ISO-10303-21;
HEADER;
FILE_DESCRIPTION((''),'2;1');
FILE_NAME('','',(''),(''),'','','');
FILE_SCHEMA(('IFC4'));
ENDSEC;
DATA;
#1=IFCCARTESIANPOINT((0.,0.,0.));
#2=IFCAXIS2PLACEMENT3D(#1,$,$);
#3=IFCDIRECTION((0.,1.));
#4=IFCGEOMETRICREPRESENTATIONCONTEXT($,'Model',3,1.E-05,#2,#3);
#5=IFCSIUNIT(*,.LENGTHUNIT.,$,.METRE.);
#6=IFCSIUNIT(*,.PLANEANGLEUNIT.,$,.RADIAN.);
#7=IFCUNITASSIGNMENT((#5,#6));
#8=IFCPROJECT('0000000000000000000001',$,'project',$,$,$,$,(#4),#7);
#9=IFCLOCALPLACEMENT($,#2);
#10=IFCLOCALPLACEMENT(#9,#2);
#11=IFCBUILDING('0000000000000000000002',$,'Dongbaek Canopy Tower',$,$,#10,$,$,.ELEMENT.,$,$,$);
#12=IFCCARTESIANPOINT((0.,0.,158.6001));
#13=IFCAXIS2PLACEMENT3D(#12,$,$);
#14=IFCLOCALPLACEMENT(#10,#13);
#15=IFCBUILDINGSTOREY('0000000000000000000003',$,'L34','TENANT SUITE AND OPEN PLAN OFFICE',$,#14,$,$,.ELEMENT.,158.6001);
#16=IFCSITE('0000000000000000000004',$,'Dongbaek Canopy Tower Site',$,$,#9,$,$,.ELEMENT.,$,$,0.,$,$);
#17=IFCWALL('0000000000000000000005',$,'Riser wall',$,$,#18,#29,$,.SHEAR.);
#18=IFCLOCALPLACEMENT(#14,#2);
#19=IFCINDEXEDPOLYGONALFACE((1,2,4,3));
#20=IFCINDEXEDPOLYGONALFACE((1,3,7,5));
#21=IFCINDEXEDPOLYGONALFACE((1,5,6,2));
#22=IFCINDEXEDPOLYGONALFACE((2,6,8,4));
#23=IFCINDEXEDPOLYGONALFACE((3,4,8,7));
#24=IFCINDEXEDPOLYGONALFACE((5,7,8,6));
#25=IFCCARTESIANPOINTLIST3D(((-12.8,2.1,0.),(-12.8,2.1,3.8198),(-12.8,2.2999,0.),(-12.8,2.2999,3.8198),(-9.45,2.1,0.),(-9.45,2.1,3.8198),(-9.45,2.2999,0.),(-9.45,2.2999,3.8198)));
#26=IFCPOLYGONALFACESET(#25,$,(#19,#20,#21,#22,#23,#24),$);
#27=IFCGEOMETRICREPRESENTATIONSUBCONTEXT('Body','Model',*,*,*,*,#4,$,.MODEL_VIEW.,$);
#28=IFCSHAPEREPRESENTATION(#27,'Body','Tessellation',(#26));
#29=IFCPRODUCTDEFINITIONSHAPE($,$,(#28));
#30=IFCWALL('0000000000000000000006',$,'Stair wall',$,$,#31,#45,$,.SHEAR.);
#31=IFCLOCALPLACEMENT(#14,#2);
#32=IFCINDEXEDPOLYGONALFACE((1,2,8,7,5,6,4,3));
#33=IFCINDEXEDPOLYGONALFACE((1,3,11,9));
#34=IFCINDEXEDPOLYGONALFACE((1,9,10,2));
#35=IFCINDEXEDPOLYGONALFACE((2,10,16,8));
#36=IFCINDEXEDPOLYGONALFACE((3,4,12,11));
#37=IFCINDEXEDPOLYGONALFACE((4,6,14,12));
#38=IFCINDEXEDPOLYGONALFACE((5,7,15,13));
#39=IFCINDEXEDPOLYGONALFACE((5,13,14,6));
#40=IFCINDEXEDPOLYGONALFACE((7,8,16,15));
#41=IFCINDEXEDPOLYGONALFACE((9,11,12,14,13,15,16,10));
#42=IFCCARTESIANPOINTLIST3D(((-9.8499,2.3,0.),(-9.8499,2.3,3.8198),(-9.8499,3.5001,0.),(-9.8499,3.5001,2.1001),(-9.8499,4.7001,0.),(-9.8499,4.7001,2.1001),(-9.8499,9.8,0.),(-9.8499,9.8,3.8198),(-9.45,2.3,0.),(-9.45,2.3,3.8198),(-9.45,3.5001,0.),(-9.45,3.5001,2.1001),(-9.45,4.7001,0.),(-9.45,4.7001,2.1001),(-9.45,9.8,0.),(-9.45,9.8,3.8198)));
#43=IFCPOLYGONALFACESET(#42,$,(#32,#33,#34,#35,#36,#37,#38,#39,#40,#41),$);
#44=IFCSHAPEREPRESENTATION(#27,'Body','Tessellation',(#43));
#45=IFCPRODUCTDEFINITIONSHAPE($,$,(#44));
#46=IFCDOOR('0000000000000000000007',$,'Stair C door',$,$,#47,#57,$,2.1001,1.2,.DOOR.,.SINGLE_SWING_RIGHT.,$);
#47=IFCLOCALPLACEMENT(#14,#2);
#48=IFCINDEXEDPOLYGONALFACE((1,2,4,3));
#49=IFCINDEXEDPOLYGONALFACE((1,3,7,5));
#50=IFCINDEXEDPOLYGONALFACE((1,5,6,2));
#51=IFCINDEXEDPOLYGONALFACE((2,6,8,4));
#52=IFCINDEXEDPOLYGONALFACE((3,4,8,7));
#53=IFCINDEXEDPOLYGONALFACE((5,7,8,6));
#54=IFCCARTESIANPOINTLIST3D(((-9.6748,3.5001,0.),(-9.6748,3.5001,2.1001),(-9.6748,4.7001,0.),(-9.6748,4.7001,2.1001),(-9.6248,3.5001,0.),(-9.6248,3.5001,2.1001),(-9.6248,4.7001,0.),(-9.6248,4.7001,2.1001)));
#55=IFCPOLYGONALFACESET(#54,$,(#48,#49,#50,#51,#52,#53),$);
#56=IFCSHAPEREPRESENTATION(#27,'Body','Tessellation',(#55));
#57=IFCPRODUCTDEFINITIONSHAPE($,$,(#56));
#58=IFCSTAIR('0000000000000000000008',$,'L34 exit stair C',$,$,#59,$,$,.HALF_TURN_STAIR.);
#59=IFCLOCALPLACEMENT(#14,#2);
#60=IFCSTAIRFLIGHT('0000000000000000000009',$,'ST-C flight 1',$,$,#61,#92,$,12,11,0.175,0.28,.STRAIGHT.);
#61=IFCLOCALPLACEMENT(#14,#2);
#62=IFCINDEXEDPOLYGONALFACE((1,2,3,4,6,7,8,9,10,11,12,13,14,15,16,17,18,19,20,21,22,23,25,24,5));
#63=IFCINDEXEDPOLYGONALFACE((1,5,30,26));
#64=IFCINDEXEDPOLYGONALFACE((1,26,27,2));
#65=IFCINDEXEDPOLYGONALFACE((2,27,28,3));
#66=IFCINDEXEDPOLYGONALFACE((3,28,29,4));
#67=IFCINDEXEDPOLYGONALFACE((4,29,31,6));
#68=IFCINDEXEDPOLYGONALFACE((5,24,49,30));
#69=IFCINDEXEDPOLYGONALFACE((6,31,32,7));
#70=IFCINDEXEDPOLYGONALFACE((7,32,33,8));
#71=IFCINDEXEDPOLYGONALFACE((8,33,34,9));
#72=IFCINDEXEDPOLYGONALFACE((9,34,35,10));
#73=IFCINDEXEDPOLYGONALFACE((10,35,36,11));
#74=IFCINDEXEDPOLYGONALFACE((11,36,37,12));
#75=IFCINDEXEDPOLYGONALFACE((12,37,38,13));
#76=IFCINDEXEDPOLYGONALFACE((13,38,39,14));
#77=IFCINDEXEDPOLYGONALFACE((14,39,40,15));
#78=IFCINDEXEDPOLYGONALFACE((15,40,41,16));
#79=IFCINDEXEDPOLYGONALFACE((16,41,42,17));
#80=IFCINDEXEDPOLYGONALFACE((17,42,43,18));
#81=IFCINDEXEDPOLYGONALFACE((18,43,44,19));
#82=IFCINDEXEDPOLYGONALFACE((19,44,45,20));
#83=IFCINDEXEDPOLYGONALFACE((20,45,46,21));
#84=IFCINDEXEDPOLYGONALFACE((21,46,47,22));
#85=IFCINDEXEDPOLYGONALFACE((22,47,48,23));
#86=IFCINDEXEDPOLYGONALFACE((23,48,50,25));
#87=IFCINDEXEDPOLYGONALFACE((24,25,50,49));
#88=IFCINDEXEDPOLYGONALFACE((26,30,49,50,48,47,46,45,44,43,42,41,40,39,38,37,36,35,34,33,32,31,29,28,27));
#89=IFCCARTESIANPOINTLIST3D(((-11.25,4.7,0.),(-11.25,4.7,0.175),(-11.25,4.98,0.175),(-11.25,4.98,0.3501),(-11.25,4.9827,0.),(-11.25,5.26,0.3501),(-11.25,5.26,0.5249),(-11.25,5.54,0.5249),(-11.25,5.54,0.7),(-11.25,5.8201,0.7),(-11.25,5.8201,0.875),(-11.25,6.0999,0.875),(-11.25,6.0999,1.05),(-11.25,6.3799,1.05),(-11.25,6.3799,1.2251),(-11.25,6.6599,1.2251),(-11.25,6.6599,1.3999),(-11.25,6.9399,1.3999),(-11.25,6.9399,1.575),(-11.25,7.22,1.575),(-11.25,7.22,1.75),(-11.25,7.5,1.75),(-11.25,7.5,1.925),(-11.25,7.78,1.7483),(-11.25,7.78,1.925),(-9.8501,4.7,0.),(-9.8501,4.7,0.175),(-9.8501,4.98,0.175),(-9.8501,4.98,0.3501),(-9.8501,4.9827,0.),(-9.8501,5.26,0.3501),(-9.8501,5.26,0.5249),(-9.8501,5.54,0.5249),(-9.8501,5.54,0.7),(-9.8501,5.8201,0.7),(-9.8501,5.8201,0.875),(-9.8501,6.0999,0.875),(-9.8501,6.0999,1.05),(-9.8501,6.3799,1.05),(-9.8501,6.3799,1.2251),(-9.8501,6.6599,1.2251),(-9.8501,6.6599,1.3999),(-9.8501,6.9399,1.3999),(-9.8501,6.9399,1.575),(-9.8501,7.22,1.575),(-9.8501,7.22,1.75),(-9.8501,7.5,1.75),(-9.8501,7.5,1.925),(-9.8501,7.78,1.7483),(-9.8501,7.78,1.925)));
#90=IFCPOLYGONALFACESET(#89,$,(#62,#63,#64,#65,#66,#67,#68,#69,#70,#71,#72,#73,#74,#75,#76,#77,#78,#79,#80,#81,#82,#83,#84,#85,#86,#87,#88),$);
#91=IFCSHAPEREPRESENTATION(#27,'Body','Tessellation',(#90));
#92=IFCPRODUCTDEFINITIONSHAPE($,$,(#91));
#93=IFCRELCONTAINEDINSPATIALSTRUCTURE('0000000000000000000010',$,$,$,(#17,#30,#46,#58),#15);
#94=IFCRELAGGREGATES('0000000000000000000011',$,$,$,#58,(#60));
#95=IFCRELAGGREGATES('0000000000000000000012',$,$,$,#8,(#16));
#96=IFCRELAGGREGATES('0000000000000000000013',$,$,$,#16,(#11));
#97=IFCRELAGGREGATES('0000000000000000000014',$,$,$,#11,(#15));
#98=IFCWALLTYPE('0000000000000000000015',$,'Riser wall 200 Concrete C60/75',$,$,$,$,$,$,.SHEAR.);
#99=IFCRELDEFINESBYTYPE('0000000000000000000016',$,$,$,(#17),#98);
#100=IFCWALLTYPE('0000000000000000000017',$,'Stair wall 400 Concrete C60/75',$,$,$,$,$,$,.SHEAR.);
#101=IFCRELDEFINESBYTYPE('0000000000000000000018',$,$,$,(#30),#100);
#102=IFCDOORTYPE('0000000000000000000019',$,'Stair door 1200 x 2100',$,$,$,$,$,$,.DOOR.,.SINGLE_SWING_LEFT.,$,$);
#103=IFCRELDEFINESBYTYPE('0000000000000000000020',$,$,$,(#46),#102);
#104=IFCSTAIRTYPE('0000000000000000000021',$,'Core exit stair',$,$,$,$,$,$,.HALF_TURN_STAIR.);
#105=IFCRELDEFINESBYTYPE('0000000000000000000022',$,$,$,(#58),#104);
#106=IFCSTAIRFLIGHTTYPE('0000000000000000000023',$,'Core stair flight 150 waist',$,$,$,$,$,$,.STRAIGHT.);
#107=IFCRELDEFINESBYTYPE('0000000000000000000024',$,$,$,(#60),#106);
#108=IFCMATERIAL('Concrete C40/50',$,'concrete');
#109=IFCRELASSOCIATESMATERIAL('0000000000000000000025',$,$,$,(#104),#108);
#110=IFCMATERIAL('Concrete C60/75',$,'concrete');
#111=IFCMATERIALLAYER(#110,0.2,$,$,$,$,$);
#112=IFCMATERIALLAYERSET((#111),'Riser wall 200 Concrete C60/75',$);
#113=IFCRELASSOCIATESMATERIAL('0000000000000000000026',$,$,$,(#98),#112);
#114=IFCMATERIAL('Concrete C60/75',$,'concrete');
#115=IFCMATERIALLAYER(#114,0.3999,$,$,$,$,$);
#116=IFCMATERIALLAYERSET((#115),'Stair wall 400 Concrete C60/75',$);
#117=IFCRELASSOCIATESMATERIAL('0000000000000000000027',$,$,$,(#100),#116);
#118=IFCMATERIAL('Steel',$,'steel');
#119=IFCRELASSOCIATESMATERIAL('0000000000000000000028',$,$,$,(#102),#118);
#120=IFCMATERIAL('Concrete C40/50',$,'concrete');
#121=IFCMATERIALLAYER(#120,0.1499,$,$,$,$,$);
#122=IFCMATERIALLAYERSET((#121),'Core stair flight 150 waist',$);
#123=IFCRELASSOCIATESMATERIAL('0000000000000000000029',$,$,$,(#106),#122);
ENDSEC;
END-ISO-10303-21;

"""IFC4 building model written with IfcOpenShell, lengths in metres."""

from ifc_helpers import new_model, si_unit, direction, frame, frame_2d, origin, place, context, subcontext, project, spatial, polyline, rectangle, outline, extrude, material, layer, layer_set, type_object, element, fill, aggregate, save


model = new_model("IFC4")

# Units and contexts
model_context = context("Model", 3, precision=1e-05, world=origin(), true_north=direction((0.0, 1.0)))
body_context = subcontext(model_context, "Body", "Model", "MODEL_VIEW")
ifc_project = project(units=[si_unit("LENGTHUNIT", "METRE"), si_unit("PLANEANGLEUNIT", "RADIAN")], contexts=[model_context])

# Site, building, storey
site_placement = place(None, origin())
site = spatial("IfcSite", under=ifc_project, at=site_placement, Name="Dongbaek Canopy Tower Site", CompositionType="ELEMENT", RefElevation=0.0)
building_placement = place(site_placement, origin())
building = spatial("IfcBuilding", under=site, at=building_placement, Name="Dongbaek Canopy Tower", CompositionType="ELEMENT")
storey_placement = place(building_placement, frame((0.0, 0.0, 158.6001)))
storey = spatial("IfcBuildingStorey", under=building, at=storey_placement, Name="L34", Description="TENANT SUITE AND OPEN PLAN OFFICE", CompositionType="ELEMENT", Elevation=158.6001)

# Shared definitions
ifc_material_1 = material(Name="Concrete C40/50", Category="concrete")
stair_type = type_object("IfcStairType", Name="Core exit stair", PredefinedType="HALF_TURN_STAIR", material=ifc_material_1)

# Wall
ifc_material_2 = material(Name="Concrete C60/75", Category="concrete")
ifc_layer_1 = layer(ifc_material_2, 0.2)
ifc_layer_set_1 = layer_set([ifc_layer_1], Name="Riser wall 200 Concrete C60/75")
wall_type_1 = type_object("IfcWallType", Name="Riser wall 200 Concrete C60/75", PredefinedType="SHEAR", material=ifc_layer_set_1)
wall_1_placement = place(storey_placement, frame((-9.45, 2.2, 0.0), z_axis=(0.0, 0.0, 1.0), x_axis=(-1.0, 0.0, 0.0)))
element("IfcWall", 1, at=wall_1_placement, inside=storey, type_object=wall_type_1, Name="Riser wall", PredefinedType="SHEAR", context=body_context, shape_type="SweptSolid", body=[
    extrude(rectangle(XDim=3.3501, YDim=0.2, at=frame_2d((1.675, 0.0))), origin(), (0.0, 0.0, 1.0), 3.8198),
])

# Wall, opening, door
ifc_material_3 = material(Name="Concrete C60/75", Category="concrete")
ifc_layer_2 = layer(ifc_material_3, 0.3999)
ifc_layer_set_2 = layer_set([ifc_layer_2], Name="Stair wall 400 Concrete C60/75")
wall_type_2 = type_object("IfcWallType", Name="Stair wall 400 Concrete C60/75", PredefinedType="SHEAR", material=ifc_layer_set_2)
wall_2_placement = place(storey_placement, frame((-9.6499, 2.3, 0.0), z_axis=(0.0, 0.0, 1.0), x_axis=(0.0, 1.0, 0.0)))
wall_2 = element("IfcWall", 2, at=wall_2_placement, inside=storey, type_object=wall_type_2, Name="Stair wall", PredefinedType="SHEAR", context=body_context, shape_type="SweptSolid", body=[
    extrude(rectangle(XDim=7.5, YDim=0.3999, at=frame_2d((3.75, 0.0))), origin(), (0.0, 0.0, 1.0), 3.8198),
])
opening_1_placement = place(wall_2_placement, frame((1.2, 0.0, 0.0)))
opening_1 = element("IfcOpeningElement", 3, at=opening_1_placement, cuts=wall_2, PredefinedType="OPENING", context=body_context, shape_type="SweptSolid", body=[
    extrude(rectangle(XDim=1.2, YDim=2.1001, at=frame_2d((0.6001, 1.05))), frame((0.0, 0.21, 0.0), z_axis=(0.0, -1.0, 0.0), x_axis=(1.0, 0.0, 0.0)), (0.0, 0.0, 1.0), 0.4199),
])
ifc_material_4 = material(Name="Steel", Category="steel")
door_type_1 = type_object("IfcDoorType", Name="Stair door 1200 x 2100", OperationType="SINGLE_SWING_LEFT", PredefinedType="DOOR", material=ifc_material_4)
door_1_placement = place(opening_1_placement, origin())
door_1 = element("IfcDoor", 4, at=door_1_placement, inside=storey, type_object=door_type_1, Name="Stair C door", OperationType="SINGLE_SWING_RIGHT", OverallHeight=2.1001, OverallWidth=1.2, PredefinedType="DOOR", context=body_context, shape_type="SweptSolid", body=[
    extrude(rectangle(XDim=1.2, YDim=2.1001, at=frame_2d((0.6001, 1.05))), frame((0.0, 0.0249, 0.0), z_axis=(0.0, -1.0, 0.0), x_axis=(1.0, 0.0, 0.0)), (0.0, 0.0, 1.0), 0.05),
])
fill(opening_1, door_1)

# Stair, stair flight
stair_1_placement = place(storey_placement, origin())
stair_1 = element("IfcStair", 5, at=stair_1_placement, inside=storey, type_object=stair_type, Name="L34 exit stair C", PredefinedType="HALF_TURN_STAIR")
ifc_material_5 = material(Name="Concrete C40/50", Category="concrete")
ifc_layer_3 = layer(ifc_material_5, 0.1499)
ifc_layer_set_3 = layer_set([ifc_layer_3], Name="Core stair flight 150 waist")
stair_flight_type = type_object("IfcStairFlightType", Name="Core stair flight 150 waist", PredefinedType="STRAIGHT", material=ifc_layer_set_3)
stair_flight_placement = place(storey_placement, frame((-10.55, 4.7, 0.0), z_axis=(0.0, 0.0, 1.0), x_axis=(0.0, 1.0, 0.0)))
stair_flight = element("IfcStairFlight", 6, at=stair_flight_placement, type_object=stair_flight_type, Name="ST-C flight 1", NumberOfRisers=12, NumberOfTreads=11, PredefinedType="STRAIGHT", RiserHeight=0.175, TreadLength=0.28, context=body_context, shape_type="SweptSolid", body=[
    extrude(outline(polyline([(0.0, 0.0), (0.0, 0.175), (0.28, 0.175), (0.28, 0.3501), (0.5601, 0.3501), (0.5601, 0.5249), (0.8401, 0.5249), (0.8401, 0.7), (1.1201, 0.7), (1.1201, 0.875), (1.3999, 0.875), (1.3999, 1.05), (1.6799, 1.05), (1.6799, 1.2251), (1.96, 1.2251), (1.96, 1.3999), (2.24, 1.3999), (2.24, 1.575), (2.52, 1.575), (2.52, 1.75), (2.8, 1.75), (2.8, 1.925), (3.0801, 1.925), (3.0801, 2.1001), (3.0801, 1.7483), (0.2827, 0.0), (0.0, 0.0)])), frame((0.0, 0.7, 0.0), z_axis=(0.0, -1.0, 0.0), x_axis=(1.0, 0.0, 0.0)), (0.0, 0.0, 1.0), 1.3999),
])
aggregate(stair_1, [stair_flight])

save(model, "model.ifc")
